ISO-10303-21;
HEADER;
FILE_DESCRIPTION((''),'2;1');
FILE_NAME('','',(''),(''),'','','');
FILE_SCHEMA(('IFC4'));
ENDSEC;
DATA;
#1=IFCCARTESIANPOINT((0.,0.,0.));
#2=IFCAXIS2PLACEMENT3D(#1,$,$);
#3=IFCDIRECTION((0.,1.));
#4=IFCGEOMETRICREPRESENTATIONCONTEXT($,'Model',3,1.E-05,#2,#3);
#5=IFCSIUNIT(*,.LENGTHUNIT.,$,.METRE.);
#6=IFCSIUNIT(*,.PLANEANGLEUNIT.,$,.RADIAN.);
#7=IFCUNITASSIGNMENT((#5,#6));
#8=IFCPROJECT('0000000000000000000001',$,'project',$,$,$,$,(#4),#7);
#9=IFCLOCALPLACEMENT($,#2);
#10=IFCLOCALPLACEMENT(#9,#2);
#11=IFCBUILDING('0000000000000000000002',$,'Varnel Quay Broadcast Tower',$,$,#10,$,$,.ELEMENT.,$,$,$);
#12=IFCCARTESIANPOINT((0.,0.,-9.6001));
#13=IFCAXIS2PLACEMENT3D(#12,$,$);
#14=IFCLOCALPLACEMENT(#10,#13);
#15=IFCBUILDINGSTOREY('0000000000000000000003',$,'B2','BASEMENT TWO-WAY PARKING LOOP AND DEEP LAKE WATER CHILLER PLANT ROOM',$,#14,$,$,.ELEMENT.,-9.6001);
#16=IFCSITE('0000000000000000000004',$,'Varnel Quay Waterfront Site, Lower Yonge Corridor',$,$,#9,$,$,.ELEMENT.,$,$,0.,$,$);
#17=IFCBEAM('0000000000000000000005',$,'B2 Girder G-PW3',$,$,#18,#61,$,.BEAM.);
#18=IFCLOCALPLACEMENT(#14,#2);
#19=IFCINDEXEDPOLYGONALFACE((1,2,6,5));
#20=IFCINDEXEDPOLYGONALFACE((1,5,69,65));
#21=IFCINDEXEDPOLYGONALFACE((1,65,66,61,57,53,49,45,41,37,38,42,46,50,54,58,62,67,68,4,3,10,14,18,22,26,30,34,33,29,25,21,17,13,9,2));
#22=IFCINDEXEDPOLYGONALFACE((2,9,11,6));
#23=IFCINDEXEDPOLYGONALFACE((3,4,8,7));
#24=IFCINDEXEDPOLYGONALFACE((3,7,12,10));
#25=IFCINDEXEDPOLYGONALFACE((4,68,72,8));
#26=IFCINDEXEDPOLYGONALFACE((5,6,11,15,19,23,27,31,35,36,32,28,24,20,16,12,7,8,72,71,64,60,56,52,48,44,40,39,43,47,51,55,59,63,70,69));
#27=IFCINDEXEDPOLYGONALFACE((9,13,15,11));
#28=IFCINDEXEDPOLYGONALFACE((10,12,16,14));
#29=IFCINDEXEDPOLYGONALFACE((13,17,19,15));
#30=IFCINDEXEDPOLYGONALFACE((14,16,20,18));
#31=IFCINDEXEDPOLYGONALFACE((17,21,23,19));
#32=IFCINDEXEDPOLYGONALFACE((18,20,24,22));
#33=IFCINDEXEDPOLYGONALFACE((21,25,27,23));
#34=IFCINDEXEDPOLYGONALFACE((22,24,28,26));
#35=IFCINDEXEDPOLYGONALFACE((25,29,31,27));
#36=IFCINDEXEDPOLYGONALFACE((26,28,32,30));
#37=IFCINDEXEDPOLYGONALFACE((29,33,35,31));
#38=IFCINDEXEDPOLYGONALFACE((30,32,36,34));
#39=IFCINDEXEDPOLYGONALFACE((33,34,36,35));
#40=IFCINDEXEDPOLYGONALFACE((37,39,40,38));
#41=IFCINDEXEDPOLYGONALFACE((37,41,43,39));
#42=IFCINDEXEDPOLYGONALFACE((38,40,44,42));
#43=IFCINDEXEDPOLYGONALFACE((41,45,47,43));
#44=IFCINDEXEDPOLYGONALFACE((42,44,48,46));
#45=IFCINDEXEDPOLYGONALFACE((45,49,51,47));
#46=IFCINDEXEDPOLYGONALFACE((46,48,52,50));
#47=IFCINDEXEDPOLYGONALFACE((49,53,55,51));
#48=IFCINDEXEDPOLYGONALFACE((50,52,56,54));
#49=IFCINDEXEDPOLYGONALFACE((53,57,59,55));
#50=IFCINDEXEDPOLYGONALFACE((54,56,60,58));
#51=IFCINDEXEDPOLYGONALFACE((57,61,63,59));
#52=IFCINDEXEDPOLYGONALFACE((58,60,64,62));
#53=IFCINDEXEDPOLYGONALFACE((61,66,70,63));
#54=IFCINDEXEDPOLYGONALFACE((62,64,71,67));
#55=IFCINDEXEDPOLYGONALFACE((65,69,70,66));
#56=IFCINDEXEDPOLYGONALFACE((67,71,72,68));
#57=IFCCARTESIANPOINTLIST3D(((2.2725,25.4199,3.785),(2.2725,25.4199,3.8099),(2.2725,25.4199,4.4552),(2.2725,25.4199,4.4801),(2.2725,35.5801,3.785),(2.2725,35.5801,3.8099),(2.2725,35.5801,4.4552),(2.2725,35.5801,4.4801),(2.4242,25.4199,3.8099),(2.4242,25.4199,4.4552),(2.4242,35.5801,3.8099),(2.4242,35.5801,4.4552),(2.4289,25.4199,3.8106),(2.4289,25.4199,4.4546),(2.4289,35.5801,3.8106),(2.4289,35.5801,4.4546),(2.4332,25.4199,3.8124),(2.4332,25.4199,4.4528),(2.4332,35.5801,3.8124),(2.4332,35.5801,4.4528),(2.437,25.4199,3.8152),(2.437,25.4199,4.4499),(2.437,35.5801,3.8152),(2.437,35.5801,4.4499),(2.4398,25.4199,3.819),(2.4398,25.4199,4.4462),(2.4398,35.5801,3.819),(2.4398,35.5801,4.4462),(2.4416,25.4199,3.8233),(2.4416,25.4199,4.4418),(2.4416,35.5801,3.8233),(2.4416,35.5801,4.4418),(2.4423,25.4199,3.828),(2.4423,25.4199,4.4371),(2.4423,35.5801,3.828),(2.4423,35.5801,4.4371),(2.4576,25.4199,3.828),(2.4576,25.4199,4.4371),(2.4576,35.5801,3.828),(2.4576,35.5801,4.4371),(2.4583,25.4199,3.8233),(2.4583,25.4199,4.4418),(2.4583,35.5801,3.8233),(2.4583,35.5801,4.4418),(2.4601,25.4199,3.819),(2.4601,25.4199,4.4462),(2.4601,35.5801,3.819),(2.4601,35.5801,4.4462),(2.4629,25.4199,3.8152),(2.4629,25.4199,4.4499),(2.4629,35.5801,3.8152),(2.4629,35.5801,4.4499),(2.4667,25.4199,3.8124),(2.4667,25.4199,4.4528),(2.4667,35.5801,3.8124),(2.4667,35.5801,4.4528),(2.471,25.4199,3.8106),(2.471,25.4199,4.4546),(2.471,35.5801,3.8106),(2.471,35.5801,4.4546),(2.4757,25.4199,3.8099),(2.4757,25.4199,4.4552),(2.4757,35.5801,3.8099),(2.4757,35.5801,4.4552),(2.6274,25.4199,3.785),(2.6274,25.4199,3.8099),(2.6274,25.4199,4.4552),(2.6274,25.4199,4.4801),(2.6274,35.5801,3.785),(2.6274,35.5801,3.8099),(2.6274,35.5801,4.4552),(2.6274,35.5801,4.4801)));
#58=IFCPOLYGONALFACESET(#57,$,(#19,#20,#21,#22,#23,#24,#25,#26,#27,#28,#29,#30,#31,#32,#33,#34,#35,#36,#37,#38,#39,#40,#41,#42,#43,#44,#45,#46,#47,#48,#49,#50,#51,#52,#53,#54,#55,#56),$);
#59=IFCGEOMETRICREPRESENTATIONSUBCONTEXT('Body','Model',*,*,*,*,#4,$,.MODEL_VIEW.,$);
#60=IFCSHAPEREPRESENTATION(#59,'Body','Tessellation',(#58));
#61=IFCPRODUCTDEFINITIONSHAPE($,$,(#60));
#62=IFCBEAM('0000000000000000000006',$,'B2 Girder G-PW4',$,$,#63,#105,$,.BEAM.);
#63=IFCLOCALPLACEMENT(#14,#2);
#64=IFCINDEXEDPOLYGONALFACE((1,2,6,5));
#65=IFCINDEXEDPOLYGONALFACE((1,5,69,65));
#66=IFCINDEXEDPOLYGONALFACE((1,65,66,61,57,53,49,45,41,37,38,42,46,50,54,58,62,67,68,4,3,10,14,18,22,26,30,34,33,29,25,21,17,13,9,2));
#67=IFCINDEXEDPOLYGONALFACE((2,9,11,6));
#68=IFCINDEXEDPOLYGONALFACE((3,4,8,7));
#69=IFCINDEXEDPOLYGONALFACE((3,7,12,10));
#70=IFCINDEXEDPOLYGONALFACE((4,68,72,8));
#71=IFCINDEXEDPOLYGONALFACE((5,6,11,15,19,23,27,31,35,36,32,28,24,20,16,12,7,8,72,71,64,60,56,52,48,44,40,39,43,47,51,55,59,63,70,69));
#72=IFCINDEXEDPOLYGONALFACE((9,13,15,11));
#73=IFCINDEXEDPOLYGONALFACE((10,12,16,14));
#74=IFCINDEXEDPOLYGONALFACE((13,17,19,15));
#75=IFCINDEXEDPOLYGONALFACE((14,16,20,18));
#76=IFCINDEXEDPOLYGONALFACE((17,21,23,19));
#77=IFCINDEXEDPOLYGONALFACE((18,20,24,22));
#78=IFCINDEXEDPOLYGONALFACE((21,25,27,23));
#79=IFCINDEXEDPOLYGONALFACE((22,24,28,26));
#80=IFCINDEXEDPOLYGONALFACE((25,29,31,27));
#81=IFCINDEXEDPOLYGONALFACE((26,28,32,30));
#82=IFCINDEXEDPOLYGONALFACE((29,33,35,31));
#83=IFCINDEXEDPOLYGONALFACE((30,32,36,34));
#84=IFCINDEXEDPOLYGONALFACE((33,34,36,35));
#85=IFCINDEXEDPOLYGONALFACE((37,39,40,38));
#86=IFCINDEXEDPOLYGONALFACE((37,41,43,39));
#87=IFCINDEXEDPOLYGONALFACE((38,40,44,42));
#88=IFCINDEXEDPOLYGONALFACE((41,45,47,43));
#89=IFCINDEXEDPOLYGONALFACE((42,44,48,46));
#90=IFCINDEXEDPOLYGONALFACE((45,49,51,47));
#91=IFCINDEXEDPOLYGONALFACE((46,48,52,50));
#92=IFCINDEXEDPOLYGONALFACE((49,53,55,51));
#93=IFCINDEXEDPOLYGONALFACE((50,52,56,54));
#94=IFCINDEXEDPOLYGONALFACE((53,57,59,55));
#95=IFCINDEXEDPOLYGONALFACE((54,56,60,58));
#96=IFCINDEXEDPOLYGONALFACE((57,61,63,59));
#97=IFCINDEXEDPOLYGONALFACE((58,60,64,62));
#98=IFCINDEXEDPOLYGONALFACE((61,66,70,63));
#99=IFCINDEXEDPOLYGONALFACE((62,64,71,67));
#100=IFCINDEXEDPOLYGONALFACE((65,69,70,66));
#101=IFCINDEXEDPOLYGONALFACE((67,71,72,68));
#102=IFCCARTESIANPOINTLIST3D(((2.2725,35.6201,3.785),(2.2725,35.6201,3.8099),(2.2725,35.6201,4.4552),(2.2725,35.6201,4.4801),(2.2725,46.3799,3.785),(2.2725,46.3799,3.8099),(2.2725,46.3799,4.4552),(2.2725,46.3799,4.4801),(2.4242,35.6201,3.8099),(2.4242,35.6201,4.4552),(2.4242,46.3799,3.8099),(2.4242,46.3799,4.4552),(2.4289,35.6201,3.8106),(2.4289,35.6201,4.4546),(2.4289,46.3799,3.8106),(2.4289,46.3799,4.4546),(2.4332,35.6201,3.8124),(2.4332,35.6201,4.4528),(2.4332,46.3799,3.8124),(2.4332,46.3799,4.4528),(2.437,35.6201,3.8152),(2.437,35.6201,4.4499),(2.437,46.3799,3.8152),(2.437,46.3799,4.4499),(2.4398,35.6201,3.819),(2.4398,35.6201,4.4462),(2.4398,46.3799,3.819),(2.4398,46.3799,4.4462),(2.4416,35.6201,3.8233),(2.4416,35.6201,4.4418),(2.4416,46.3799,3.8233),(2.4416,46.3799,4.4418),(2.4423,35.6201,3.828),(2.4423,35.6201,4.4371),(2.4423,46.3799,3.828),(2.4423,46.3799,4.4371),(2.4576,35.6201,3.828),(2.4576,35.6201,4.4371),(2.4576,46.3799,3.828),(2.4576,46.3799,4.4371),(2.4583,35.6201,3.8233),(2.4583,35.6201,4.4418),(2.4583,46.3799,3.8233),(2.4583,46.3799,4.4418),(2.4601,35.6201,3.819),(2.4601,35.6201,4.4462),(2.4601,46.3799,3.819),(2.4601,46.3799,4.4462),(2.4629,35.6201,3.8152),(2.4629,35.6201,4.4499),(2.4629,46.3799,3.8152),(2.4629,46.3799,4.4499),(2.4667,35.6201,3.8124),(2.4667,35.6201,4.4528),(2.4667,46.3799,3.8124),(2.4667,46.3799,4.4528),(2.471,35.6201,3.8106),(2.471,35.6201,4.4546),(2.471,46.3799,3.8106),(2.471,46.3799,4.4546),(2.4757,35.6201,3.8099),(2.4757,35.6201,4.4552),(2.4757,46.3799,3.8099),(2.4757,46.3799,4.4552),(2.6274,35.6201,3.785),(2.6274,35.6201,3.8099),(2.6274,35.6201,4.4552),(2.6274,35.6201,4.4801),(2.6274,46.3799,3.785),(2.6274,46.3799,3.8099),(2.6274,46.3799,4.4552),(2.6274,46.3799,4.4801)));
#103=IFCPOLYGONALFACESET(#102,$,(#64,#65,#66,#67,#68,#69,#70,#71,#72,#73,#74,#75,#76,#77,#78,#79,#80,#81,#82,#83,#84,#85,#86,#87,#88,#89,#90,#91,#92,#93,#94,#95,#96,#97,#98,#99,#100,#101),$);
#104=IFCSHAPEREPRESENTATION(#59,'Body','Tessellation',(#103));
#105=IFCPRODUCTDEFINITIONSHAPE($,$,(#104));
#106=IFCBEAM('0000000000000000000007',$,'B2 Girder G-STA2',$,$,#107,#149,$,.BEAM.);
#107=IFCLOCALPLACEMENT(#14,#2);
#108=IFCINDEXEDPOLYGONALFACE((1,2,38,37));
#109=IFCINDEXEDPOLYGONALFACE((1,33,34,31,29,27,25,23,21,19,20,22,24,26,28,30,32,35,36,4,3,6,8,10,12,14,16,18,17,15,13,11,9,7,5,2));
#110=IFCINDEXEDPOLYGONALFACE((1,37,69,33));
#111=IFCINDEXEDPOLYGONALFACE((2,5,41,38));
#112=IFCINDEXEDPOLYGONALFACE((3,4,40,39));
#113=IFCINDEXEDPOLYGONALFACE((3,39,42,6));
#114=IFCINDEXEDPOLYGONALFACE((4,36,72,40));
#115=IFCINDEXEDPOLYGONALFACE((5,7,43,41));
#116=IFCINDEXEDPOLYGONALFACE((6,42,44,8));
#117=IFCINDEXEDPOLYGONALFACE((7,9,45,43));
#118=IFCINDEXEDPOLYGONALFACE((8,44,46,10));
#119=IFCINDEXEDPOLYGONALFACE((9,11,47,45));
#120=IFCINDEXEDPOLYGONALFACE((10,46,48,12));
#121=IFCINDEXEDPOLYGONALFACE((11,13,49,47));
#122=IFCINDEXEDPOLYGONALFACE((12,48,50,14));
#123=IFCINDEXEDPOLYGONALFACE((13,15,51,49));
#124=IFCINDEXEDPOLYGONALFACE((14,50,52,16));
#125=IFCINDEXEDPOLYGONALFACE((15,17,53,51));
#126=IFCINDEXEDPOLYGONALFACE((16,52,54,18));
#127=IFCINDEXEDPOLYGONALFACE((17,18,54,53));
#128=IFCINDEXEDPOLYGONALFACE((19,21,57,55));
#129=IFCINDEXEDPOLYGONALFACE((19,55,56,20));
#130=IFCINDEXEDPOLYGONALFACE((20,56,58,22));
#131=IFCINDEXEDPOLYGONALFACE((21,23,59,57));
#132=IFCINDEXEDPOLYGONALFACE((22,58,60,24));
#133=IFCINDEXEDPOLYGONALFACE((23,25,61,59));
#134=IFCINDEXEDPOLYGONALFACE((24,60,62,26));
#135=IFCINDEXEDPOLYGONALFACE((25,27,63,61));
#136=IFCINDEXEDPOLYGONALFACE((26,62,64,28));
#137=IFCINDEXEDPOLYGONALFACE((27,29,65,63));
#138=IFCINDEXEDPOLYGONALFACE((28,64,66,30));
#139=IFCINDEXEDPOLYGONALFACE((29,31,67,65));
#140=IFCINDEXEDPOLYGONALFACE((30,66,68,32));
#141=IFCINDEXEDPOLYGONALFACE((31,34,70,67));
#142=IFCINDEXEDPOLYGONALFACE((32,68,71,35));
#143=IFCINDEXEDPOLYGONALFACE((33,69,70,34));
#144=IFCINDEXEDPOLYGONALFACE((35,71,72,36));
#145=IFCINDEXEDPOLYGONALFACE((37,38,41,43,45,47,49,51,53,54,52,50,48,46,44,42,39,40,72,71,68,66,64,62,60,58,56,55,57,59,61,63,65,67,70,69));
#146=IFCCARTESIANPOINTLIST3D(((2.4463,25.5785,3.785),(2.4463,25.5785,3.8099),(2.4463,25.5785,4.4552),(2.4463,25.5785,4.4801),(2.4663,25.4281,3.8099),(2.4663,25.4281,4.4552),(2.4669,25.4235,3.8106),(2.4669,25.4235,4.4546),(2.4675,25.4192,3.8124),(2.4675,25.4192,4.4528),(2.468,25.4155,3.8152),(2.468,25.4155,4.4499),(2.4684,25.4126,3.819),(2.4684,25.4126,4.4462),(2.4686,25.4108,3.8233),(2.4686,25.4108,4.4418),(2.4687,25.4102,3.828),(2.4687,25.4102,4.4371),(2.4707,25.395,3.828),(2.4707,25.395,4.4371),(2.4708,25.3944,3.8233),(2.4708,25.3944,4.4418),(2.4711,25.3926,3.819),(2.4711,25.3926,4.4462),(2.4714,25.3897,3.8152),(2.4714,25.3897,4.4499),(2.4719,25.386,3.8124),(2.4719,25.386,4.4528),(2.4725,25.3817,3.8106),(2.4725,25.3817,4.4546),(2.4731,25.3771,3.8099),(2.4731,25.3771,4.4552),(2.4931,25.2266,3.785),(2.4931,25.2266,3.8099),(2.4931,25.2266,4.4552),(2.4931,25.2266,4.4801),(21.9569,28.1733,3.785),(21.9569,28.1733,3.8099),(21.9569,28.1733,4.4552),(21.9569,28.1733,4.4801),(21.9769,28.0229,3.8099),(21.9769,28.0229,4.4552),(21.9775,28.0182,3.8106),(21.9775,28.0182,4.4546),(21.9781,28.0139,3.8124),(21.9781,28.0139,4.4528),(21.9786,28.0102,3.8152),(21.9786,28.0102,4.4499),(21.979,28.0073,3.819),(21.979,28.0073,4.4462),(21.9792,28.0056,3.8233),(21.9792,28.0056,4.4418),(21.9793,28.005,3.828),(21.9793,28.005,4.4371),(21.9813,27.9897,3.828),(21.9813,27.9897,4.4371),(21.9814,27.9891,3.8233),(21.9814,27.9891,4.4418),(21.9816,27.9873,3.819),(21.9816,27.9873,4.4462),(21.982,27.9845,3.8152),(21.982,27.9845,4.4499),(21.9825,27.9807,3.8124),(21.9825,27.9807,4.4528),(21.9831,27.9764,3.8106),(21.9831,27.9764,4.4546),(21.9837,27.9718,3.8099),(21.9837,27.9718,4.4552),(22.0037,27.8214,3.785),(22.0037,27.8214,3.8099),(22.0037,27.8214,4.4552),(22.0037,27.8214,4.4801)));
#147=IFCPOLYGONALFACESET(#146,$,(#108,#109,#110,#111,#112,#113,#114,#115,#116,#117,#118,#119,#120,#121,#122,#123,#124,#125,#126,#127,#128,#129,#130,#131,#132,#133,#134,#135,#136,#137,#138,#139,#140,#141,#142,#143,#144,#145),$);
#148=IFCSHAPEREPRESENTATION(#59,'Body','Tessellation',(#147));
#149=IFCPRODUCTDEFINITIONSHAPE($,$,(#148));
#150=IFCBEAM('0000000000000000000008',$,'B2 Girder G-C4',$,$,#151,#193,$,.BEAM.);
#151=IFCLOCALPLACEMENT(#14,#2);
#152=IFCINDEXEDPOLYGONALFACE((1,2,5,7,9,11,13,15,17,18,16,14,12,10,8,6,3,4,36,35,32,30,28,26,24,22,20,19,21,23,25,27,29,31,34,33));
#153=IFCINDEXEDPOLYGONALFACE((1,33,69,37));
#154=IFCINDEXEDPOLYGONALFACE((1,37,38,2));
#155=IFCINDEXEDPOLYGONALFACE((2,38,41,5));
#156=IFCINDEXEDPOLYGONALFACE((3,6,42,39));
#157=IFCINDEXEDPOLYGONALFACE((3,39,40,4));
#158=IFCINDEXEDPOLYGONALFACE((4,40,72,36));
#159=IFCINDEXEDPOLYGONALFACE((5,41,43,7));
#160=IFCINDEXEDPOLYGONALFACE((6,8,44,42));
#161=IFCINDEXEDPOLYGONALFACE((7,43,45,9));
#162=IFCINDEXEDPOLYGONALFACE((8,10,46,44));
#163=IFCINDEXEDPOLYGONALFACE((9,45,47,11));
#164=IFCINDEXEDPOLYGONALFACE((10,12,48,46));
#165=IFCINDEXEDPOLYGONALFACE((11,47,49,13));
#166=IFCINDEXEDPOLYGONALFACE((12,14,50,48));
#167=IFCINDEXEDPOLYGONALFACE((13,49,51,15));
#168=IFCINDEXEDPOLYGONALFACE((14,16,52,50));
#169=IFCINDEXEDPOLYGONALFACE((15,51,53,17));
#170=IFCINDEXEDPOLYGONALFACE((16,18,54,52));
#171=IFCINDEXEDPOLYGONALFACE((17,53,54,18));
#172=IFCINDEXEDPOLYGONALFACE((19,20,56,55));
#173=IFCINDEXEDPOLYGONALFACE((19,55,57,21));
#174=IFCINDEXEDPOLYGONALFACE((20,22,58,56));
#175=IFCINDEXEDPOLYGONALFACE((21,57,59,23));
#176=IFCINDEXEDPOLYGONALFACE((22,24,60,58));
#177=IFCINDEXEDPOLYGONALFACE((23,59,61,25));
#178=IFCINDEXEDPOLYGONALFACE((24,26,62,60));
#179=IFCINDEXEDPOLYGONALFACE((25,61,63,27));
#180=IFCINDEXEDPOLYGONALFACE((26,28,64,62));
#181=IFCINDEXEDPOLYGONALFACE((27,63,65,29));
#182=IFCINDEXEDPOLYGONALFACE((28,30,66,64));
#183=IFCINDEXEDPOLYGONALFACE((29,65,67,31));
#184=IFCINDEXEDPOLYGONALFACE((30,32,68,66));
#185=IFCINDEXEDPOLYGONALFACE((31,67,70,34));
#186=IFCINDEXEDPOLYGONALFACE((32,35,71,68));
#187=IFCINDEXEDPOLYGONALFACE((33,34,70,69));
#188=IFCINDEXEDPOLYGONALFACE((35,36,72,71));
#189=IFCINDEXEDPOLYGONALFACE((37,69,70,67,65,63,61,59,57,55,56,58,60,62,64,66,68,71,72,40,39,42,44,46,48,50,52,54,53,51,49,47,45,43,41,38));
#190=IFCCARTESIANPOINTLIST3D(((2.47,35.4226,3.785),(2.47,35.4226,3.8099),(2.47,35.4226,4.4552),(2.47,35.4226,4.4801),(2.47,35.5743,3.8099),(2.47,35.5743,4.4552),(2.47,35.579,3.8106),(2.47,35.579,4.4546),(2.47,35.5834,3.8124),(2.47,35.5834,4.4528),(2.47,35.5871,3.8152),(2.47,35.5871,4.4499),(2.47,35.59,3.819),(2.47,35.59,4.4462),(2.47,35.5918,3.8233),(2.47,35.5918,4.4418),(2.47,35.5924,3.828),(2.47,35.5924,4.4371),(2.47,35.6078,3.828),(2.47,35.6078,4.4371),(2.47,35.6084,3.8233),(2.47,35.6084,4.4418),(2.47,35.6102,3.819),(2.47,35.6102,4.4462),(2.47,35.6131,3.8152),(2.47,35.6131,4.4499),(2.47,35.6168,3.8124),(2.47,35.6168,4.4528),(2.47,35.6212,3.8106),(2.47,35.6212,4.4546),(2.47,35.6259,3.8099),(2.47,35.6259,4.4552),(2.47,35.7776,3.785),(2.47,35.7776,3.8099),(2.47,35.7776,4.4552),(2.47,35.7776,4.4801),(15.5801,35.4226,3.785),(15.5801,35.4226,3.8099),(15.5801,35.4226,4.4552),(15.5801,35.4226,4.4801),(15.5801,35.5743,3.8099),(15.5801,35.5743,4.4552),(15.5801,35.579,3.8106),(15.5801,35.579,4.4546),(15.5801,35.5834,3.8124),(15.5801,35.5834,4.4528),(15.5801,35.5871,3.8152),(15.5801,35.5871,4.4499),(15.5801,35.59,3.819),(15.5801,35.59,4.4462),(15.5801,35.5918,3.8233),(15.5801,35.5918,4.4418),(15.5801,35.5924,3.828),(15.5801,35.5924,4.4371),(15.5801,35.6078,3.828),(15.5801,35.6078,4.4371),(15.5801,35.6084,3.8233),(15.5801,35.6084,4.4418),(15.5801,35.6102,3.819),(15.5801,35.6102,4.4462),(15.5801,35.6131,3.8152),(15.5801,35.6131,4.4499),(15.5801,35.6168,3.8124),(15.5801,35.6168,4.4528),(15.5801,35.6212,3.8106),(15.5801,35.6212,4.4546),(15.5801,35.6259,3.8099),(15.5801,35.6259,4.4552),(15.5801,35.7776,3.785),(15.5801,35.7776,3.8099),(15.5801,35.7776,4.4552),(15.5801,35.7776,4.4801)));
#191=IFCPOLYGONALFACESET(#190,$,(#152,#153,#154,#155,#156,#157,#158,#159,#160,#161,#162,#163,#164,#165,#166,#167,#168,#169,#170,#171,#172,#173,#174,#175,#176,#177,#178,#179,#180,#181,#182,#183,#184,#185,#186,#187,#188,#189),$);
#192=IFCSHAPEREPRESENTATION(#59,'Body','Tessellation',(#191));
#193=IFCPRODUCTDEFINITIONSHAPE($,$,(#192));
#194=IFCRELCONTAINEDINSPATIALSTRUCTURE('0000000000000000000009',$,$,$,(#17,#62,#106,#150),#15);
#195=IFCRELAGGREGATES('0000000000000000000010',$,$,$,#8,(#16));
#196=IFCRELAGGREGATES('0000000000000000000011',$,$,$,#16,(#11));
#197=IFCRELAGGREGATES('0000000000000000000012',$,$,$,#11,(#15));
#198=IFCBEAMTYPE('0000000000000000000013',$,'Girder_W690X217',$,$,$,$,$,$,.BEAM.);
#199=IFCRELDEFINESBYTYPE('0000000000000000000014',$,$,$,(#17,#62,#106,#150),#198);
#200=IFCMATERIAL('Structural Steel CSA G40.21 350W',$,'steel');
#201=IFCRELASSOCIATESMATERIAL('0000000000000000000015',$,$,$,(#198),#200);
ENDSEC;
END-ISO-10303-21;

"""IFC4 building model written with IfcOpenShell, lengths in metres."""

from ifc_helpers import new_model, si_unit, direction, frame, origin, origin_2d, place, context, subcontext, project, spatial, i_section, extrude, source, transform, mapped, material, material_profile, profile_set, type_object, type_shapes, element, save


model = new_model("IFC4")

# Units and contexts
model_context = context("Model", 3, precision=1e-05, world=origin(), true_north=direction((0.0, 1.0)))
body_context = subcontext(model_context, "Body", "Model", "MODEL_VIEW")
ifc_project = project(units=[si_unit("LENGTHUNIT", "METRE"), si_unit("PLANEANGLEUNIT", "RADIAN")], contexts=[model_context])

# Site, building, storey
site_placement = place(None, origin())
site = spatial("IfcSite", under=ifc_project, at=site_placement, Name="Varnel Quay Waterfront Site, Lower Yonge Corridor", CompositionType="ELEMENT", RefElevation=0.0)
building_placement = place(site_placement, origin())
building = spatial("IfcBuilding", under=site, at=building_placement, Name="Varnel Quay Broadcast Tower", CompositionType="ELEMENT")
storey_placement = place(building_placement, frame((0.0, 0.0, -9.6001)))
storey = spatial("IfcBuildingStorey", under=building, at=storey_placement, Name="B2", Description="BASEMENT TWO-WAY PARKING LOOP AND DEEP LAKE WATER CHILLER PLANT ROOM", CompositionType="ELEMENT", Elevation=-9.6001)

# Beams
ifc_material_1 = material(Name="Structural Steel CSA G40.21 350W", Category="steel")
ifc_material_profile_1 = material_profile(ifc_material_1, i_section(OverallWidth=0.355, OverallDepth=0.6951, WebThickness=0.0154, FlangeThickness=0.0249, FilletRadius=0.0181, at=origin_2d()), Name="W690X217")
ifc_profile_set_1 = profile_set([ifc_material_profile_1], Name="Structural Steel CSA G40.21 350W")
beam_type = type_object("IfcBeamType", Name="Girder_W690X217", PredefinedType="BEAM", material=ifc_profile_set_1)
shared_shape_1 = source(origin(), body_context, "Body", "SweptSolid", [
    extrude(i_section(OverallWidth=0.355, OverallDepth=0.6951, WebThickness=0.0154, FlangeThickness=0.0249, FilletRadius=0.0181, at=origin_2d()), origin(), (0.0, 0.0, 1.0), 10.1602),
])
beam_1_placement = place(storey_placement, frame((2.45, 25.4199, 4.1326), z_axis=(0.0, 1.0, 0.0), x_axis=(-1.0, 0.0, 0.0)))
element("IfcBeam", 1, at=beam_1_placement, inside=storey, type_object=beam_type, Name="B2 Girder G-PW3", PredefinedType="BEAM", context=body_context, shape_type="MappedRepresentation", body=[
    mapped(shared_shape_1, transform((0.0, 0.0, 0.0), x_axis=(1.0, 0.0, 0.0), y_axis=(0.0, 1.0, 0.0), z_axis=(0.0, 0.0, 1.0), scale=1.0)),
])
shared_shape_2 = source(origin(), body_context, "Body", "SweptSolid", [
    extrude(i_section(OverallWidth=0.355, OverallDepth=0.6951, WebThickness=0.0154, FlangeThickness=0.0249, FilletRadius=0.0181, at=origin_2d()), origin(), (0.0, 0.0, 1.0), 10.7598),
])
beam_2_placement = place(storey_placement, frame((2.45, 35.6201, 4.1326), z_axis=(0.0, 1.0, 0.0), x_axis=(-1.0, 0.0, 0.0)))
element("IfcBeam", 2, at=beam_2_placement, inside=storey, type_object=beam_type, Name="B2 Girder G-PW4", PredefinedType="BEAM", context=body_context, shape_type="MappedRepresentation", body=[
    mapped(shared_shape_2, transform((0.0, 0.0, 0.0), x_axis=(1.0, 0.0, 0.0), y_axis=(0.0, 1.0, 0.0), z_axis=(0.0, 0.0, 1.0), scale=1.0)),
])
shared_shape_3 = source(origin(), body_context, "Body", "SweptSolid", [
    extrude(i_section(OverallWidth=0.355, OverallDepth=0.6951, WebThickness=0.0154, FlangeThickness=0.0249, FilletRadius=0.0181, at=origin_2d()), origin(), (0.0, 0.0, 1.0), 19.6824),
])
beam_3_placement = place(storey_placement, frame((2.4697, 25.4026, 4.1326), z_axis=(0.991272, 0.131831, 0.0), x_axis=(-0.131831, 0.991272, 0.0)))
element("IfcBeam", 3, at=beam_3_placement, inside=storey, type_object=beam_type, Name="B2 Girder G-STA2", PredefinedType="BEAM", context=body_context, shape_type="MappedRepresentation", body=[
    mapped(shared_shape_3, transform((0.0, 0.0, 0.0), x_axis=(1.0, 0.0, 0.0), y_axis=(0.0, 1.0, 0.0), z_axis=(0.0, 0.0, 1.0), scale=1.0)),
])
shared_shape_4 = source(origin(), body_context, "Body", "SweptSolid", [
    extrude(i_section(OverallWidth=0.355, OverallDepth=0.6951, WebThickness=0.0154, FlangeThickness=0.0249, FilletRadius=0.0181, at=origin_2d()), origin(), (0.0, 0.0, 1.0), 13.1101),
])
type_shapes(beam_type, [shared_shape_1, shared_shape_2, shared_shape_3, shared_shape_4])
beam_4_placement = place(storey_placement, frame((2.47, 35.6001, 4.1326), z_axis=(1.0, 0.0, 0.0), x_axis=(0.0, 1.0, 0.0)))
element("IfcBeam", 4, at=beam_4_placement, inside=storey, type_object=beam_type, Name="B2 Girder G-C4", PredefinedType="BEAM", context=body_context, shape_type="MappedRepresentation", body=[
    mapped(shared_shape_4, transform((0.0, 0.0, 0.0), x_axis=(1.0, 0.0, 0.0), y_axis=(0.0, 1.0, 0.0), z_axis=(0.0, 0.0, 1.0), scale=1.0)),
])

save(model, "model.ifc")
